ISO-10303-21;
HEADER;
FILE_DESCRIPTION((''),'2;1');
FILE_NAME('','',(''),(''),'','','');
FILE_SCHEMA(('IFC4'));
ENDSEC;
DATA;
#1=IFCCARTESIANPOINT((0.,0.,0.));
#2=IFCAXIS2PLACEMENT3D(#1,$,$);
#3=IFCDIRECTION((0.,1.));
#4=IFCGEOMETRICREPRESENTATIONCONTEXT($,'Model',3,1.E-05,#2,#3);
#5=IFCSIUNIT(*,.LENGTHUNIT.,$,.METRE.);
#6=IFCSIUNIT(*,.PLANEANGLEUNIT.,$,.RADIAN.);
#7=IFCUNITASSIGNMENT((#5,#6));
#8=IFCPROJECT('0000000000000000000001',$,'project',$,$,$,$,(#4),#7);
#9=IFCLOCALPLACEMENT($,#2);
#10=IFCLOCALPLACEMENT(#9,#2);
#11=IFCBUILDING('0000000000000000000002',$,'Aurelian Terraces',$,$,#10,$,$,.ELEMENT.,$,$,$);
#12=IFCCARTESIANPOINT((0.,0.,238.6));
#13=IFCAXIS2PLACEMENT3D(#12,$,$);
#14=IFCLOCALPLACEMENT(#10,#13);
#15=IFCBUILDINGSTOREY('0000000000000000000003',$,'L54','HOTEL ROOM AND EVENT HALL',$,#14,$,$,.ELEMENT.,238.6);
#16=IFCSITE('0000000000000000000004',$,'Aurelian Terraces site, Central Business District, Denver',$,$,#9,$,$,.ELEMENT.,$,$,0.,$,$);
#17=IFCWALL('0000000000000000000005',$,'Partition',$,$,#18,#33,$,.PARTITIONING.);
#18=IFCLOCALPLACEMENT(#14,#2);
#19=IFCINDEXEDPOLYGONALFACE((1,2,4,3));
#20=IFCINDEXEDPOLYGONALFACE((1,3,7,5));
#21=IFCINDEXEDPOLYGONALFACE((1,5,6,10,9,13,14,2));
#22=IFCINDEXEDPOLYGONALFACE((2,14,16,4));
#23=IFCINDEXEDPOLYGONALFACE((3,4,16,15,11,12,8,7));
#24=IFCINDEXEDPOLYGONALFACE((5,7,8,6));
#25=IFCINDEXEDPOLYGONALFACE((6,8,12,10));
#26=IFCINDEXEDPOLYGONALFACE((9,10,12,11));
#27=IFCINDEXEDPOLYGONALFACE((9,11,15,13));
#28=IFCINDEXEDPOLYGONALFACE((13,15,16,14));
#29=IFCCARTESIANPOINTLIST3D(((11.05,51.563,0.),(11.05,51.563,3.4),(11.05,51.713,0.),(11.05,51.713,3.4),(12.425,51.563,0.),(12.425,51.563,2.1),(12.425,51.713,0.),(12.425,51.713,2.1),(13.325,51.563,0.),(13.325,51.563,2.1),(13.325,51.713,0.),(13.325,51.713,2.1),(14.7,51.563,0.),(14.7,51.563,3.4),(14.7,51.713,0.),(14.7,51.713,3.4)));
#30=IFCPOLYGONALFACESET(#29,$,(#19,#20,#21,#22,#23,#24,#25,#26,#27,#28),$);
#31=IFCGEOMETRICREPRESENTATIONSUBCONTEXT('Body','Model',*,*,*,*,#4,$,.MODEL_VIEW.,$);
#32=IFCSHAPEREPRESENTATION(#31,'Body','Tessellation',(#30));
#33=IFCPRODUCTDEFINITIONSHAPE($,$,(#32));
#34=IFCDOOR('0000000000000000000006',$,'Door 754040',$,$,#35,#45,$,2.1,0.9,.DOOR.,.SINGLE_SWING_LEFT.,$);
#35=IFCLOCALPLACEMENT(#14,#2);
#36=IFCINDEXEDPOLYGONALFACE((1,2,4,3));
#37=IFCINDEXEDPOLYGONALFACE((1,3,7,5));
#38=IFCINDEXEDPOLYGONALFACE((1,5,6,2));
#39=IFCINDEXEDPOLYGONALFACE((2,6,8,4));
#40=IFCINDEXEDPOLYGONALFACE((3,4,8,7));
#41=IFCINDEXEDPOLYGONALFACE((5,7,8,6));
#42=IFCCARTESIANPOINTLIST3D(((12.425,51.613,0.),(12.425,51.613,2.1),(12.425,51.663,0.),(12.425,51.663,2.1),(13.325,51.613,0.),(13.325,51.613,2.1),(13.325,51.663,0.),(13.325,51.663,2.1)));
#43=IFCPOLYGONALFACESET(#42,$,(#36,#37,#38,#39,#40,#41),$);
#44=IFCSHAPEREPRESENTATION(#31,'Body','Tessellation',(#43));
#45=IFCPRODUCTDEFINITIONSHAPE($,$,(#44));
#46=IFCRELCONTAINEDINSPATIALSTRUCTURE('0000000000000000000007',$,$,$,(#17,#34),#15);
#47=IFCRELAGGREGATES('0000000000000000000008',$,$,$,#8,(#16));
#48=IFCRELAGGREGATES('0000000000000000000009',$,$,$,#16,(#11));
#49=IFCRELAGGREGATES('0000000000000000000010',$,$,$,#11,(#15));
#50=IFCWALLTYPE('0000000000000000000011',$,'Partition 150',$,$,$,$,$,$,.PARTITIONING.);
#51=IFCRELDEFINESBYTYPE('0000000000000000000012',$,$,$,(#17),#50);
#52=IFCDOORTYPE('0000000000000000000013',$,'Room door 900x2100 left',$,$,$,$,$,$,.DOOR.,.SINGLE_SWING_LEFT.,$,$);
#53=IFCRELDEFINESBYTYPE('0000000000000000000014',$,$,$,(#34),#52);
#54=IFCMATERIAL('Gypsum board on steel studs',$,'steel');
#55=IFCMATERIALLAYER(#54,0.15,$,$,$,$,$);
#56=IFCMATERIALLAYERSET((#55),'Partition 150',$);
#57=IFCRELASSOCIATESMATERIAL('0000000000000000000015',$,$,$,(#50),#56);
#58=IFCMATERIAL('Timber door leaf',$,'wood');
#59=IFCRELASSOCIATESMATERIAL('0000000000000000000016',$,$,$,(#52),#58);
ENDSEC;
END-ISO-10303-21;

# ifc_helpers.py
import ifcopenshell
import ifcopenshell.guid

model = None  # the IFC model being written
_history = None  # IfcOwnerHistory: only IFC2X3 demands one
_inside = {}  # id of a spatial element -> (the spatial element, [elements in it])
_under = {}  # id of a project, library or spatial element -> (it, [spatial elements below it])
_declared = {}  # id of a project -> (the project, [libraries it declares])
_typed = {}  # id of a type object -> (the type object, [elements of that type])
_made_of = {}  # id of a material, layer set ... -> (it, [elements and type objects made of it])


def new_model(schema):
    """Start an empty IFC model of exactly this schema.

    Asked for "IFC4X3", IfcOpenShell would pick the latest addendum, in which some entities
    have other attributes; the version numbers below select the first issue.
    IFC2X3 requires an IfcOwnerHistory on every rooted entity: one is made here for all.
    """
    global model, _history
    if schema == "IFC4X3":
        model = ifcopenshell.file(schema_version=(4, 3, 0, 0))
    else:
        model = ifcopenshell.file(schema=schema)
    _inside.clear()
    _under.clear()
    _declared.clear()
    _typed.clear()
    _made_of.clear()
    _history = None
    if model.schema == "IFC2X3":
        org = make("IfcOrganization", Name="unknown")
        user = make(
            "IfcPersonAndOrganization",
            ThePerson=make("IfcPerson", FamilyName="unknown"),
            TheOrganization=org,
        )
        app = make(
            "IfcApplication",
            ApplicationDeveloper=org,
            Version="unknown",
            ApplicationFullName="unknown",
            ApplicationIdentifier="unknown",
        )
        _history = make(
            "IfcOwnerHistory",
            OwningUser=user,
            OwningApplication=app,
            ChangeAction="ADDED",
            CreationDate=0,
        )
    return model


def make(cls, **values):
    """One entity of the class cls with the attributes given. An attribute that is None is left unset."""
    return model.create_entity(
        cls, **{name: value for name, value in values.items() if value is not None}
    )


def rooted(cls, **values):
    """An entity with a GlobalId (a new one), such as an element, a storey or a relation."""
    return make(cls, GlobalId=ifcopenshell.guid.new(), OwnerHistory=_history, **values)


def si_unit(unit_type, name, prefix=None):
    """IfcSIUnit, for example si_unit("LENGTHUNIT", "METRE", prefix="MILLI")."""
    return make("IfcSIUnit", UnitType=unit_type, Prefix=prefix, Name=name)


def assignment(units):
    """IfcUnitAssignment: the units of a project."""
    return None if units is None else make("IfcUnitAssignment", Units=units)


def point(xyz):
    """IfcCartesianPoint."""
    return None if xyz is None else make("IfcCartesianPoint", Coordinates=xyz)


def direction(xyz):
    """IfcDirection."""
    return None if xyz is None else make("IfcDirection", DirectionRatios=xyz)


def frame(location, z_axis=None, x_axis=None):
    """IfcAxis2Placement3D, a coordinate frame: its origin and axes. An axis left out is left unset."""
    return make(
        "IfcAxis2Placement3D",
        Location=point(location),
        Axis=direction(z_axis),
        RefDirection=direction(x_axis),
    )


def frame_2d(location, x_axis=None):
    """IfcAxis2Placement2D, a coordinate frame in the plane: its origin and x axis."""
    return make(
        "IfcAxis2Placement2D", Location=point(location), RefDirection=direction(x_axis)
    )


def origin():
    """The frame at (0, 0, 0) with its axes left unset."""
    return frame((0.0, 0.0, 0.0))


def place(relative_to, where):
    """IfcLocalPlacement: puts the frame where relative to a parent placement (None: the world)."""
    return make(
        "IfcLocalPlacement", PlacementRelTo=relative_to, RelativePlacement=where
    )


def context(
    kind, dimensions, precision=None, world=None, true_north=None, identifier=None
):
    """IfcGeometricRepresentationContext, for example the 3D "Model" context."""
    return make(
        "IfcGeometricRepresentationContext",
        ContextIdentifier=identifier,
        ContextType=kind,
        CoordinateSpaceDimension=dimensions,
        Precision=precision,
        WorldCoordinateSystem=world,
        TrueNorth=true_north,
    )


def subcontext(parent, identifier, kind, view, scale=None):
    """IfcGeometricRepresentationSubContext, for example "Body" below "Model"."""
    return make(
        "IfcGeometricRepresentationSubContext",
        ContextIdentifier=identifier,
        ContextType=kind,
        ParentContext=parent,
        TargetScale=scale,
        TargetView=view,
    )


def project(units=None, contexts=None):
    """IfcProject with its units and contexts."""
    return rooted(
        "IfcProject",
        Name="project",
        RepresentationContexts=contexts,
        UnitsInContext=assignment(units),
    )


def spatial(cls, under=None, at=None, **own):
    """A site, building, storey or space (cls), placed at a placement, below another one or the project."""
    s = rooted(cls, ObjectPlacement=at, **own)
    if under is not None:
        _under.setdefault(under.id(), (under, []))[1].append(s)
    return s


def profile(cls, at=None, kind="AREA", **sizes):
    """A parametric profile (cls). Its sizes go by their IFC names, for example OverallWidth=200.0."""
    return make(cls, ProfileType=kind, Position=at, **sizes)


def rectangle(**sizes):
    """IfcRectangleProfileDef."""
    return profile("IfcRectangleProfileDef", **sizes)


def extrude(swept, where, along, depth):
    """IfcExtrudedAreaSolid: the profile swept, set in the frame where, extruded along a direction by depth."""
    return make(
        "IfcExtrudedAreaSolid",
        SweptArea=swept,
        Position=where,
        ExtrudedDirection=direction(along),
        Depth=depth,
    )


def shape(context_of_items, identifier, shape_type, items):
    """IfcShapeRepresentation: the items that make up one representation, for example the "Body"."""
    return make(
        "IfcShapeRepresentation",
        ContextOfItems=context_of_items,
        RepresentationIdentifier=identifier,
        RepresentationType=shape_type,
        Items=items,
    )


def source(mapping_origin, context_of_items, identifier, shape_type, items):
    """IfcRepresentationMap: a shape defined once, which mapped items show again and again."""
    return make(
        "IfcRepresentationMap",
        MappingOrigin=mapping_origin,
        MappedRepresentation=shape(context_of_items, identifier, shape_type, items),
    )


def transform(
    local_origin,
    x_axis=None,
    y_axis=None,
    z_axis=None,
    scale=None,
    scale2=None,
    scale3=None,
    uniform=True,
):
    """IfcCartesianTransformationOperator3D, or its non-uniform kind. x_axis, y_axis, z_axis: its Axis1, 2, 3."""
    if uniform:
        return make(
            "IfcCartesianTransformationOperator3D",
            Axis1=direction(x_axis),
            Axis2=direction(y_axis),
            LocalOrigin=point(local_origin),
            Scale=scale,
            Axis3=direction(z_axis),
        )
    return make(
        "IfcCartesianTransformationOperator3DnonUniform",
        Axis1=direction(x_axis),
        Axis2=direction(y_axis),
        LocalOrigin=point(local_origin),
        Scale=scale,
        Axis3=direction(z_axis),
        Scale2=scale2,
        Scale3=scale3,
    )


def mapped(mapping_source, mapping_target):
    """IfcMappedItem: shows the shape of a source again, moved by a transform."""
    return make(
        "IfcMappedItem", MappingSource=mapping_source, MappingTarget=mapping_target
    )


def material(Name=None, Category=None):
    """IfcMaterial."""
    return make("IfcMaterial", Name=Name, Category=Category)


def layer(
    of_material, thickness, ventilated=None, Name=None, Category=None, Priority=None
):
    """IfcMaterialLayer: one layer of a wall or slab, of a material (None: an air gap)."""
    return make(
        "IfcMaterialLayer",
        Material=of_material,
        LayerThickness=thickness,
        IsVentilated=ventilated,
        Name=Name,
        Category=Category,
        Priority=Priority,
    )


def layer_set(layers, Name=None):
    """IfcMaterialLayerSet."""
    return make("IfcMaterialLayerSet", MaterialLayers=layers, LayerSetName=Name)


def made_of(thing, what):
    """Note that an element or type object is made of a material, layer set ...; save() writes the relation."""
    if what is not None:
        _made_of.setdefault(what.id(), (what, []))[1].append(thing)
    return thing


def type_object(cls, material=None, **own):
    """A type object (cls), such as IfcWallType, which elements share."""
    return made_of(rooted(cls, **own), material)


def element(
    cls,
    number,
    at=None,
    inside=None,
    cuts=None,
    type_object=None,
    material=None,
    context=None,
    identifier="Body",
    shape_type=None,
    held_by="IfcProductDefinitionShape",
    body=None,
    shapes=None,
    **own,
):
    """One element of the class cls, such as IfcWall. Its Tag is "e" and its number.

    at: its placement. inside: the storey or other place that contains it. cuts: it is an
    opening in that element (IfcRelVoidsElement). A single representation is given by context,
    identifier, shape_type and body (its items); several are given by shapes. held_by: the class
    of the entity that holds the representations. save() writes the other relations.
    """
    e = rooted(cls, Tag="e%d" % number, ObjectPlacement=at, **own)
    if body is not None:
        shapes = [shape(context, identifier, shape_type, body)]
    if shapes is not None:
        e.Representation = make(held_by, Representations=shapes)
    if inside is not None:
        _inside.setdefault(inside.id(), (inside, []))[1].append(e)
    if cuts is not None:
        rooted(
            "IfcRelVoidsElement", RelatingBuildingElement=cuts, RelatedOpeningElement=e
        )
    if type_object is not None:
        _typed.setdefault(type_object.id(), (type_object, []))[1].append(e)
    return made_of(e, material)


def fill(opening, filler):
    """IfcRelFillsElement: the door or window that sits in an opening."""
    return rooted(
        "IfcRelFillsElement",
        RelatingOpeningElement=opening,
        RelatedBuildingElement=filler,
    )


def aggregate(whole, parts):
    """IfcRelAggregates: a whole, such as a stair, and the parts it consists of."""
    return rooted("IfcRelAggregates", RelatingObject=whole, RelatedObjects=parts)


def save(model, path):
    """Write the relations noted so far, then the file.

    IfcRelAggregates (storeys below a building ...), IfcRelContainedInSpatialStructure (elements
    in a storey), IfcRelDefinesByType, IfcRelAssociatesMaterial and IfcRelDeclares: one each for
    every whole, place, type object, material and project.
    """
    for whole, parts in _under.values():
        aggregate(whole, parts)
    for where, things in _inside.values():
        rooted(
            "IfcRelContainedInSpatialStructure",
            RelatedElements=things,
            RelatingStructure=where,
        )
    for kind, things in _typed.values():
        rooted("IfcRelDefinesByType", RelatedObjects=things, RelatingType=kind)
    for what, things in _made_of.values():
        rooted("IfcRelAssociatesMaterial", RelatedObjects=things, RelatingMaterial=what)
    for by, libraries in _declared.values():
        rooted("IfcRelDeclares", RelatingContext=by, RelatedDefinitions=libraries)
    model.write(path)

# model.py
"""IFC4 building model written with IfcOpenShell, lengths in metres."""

from ifc_helpers import new_model, si_unit, direction, frame, frame_2d, origin, place, context, subcontext, project, spatial, rectangle, extrude, source, transform, mapped, material, layer, layer_set, type_object, element, fill, save


model = new_model("IFC4")

# Units and contexts
model_context = context("Model", 3, precision=1e-05, world=origin(), true_north=direction((0.0, 1.0)))
body_context = subcontext(model_context, "Body", "Model", "MODEL_VIEW")
ifc_project = project(units=[si_unit("LENGTHUNIT", "METRE"), si_unit("PLANEANGLEUNIT", "RADIAN")], contexts=[model_context])

# Site, building, storey
site_placement = place(None, origin())
site = spatial("IfcSite", under=ifc_project, at=site_placement, Name="Aurelian Terraces site, Central Business District, Denver", CompositionType="ELEMENT", RefElevation=0.0)
building_placement = place(site_placement, origin())
building = spatial("IfcBuilding", under=site, at=building_placement, Name="Aurelian Terraces", CompositionType="ELEMENT")
storey_placement = place(building_placement, frame((0.0, 0.0, 238.6)))
storey = spatial("IfcBuildingStorey", under=building, at=storey_placement, Name="L54", Description="HOTEL ROOM AND EVENT HALL", CompositionType="ELEMENT", Elevation=238.6)

# Shared definitions
ifc_material_1 = material(Name="Gypsum board on steel studs", Category="steel")
shared_shape_1 = source(origin(), body_context, "Body", "SweptSolid", [
    extrude(rectangle(XDim=0.9, YDim=2.1, at=frame_2d((0.45, 1.05))), frame((0.0, 0.085, 0.0), z_axis=(0.0, -1.0, 0.0), x_axis=(1.0, 0.0, 0.0)), (0.0, 0.0, 1.0), 0.17),
])
shared_shape_2 = source(origin(), body_context, "Body", "SweptSolid", [
    extrude(rectangle(XDim=0.9, YDim=2.1, at=frame_2d((0.45, 1.05))), frame((0.0, 0.025, 0.0), z_axis=(0.0, -1.0, 0.0), x_axis=(1.0, 0.0, 0.0)), (0.0, 0.0, 1.0), 0.05),
])

# Shared definitions
ifc_layer_1 = layer(ifc_material_1, 0.15)
ifc_layer_set_1 = layer_set([ifc_layer_1], Name="Partition 150")
wall_type_1 = type_object("IfcWallType", Name="Partition 150", PredefinedType="PARTITIONING", material=ifc_layer_set_1)
shared_shape_3 = source(origin(), body_context, "Body", "SweptSolid", [
    extrude(rectangle(XDim=3.65, YDim=0.15, at=frame_2d((1.825, 0.0))), origin(), (0.0, 0.0, 1.0), 3.4),
])

# Wall, opening, door
wall_1_placement = place(storey_placement, frame((14.7, 51.638, 0.0), z_axis=(0.0, 0.0, 1.0), x_axis=(-1.0, 0.0, 0.0)))
wall_1 = element("IfcWall", 1, at=wall_1_placement, inside=storey, type_object=wall_type_1, Name="Partition", PredefinedType="PARTITIONING", context=body_context, shape_type="MappedRepresentation", body=[
    mapped(shared_shape_3, transform((0.0, 0.0, 0.0), scale=1.0)),
])
opening_1_placement = place(wall_1_placement, frame((1.375, 0.0, 0.0)))
opening_1 = element("IfcOpeningElement", 2, at=opening_1_placement, cuts=wall_1, PredefinedType="OPENING", context=body_context, shape_type="MappedRepresentation", body=[
    mapped(shared_shape_1, transform((0.0, 0.0, 0.0), scale=1.0)),
])
ifc_material_2 = material(Name="Timber door leaf", Category="wood")
door_type_1 = type_object("IfcDoorType", Name="Room door 900x2100 left", OperationType="SINGLE_SWING_LEFT", PredefinedType="DOOR", material=ifc_material_2)
door_1_placement = place(opening_1_placement, origin())
door_1 = element("IfcDoor", 3, at=door_1_placement, inside=storey, type_object=door_type_1, Name="Door 754040", OperationType="SINGLE_SWING_LEFT", OverallHeight=2.1, OverallWidth=0.9, PredefinedType="DOOR", context=body_context, shape_type="MappedRepresentation", body=[
    mapped(shared_shape_2, transform((0.0, 0.0, 0.0), scale=1.0)),
])
fill(opening_1, door_1)

save(model, "model.ifc")
